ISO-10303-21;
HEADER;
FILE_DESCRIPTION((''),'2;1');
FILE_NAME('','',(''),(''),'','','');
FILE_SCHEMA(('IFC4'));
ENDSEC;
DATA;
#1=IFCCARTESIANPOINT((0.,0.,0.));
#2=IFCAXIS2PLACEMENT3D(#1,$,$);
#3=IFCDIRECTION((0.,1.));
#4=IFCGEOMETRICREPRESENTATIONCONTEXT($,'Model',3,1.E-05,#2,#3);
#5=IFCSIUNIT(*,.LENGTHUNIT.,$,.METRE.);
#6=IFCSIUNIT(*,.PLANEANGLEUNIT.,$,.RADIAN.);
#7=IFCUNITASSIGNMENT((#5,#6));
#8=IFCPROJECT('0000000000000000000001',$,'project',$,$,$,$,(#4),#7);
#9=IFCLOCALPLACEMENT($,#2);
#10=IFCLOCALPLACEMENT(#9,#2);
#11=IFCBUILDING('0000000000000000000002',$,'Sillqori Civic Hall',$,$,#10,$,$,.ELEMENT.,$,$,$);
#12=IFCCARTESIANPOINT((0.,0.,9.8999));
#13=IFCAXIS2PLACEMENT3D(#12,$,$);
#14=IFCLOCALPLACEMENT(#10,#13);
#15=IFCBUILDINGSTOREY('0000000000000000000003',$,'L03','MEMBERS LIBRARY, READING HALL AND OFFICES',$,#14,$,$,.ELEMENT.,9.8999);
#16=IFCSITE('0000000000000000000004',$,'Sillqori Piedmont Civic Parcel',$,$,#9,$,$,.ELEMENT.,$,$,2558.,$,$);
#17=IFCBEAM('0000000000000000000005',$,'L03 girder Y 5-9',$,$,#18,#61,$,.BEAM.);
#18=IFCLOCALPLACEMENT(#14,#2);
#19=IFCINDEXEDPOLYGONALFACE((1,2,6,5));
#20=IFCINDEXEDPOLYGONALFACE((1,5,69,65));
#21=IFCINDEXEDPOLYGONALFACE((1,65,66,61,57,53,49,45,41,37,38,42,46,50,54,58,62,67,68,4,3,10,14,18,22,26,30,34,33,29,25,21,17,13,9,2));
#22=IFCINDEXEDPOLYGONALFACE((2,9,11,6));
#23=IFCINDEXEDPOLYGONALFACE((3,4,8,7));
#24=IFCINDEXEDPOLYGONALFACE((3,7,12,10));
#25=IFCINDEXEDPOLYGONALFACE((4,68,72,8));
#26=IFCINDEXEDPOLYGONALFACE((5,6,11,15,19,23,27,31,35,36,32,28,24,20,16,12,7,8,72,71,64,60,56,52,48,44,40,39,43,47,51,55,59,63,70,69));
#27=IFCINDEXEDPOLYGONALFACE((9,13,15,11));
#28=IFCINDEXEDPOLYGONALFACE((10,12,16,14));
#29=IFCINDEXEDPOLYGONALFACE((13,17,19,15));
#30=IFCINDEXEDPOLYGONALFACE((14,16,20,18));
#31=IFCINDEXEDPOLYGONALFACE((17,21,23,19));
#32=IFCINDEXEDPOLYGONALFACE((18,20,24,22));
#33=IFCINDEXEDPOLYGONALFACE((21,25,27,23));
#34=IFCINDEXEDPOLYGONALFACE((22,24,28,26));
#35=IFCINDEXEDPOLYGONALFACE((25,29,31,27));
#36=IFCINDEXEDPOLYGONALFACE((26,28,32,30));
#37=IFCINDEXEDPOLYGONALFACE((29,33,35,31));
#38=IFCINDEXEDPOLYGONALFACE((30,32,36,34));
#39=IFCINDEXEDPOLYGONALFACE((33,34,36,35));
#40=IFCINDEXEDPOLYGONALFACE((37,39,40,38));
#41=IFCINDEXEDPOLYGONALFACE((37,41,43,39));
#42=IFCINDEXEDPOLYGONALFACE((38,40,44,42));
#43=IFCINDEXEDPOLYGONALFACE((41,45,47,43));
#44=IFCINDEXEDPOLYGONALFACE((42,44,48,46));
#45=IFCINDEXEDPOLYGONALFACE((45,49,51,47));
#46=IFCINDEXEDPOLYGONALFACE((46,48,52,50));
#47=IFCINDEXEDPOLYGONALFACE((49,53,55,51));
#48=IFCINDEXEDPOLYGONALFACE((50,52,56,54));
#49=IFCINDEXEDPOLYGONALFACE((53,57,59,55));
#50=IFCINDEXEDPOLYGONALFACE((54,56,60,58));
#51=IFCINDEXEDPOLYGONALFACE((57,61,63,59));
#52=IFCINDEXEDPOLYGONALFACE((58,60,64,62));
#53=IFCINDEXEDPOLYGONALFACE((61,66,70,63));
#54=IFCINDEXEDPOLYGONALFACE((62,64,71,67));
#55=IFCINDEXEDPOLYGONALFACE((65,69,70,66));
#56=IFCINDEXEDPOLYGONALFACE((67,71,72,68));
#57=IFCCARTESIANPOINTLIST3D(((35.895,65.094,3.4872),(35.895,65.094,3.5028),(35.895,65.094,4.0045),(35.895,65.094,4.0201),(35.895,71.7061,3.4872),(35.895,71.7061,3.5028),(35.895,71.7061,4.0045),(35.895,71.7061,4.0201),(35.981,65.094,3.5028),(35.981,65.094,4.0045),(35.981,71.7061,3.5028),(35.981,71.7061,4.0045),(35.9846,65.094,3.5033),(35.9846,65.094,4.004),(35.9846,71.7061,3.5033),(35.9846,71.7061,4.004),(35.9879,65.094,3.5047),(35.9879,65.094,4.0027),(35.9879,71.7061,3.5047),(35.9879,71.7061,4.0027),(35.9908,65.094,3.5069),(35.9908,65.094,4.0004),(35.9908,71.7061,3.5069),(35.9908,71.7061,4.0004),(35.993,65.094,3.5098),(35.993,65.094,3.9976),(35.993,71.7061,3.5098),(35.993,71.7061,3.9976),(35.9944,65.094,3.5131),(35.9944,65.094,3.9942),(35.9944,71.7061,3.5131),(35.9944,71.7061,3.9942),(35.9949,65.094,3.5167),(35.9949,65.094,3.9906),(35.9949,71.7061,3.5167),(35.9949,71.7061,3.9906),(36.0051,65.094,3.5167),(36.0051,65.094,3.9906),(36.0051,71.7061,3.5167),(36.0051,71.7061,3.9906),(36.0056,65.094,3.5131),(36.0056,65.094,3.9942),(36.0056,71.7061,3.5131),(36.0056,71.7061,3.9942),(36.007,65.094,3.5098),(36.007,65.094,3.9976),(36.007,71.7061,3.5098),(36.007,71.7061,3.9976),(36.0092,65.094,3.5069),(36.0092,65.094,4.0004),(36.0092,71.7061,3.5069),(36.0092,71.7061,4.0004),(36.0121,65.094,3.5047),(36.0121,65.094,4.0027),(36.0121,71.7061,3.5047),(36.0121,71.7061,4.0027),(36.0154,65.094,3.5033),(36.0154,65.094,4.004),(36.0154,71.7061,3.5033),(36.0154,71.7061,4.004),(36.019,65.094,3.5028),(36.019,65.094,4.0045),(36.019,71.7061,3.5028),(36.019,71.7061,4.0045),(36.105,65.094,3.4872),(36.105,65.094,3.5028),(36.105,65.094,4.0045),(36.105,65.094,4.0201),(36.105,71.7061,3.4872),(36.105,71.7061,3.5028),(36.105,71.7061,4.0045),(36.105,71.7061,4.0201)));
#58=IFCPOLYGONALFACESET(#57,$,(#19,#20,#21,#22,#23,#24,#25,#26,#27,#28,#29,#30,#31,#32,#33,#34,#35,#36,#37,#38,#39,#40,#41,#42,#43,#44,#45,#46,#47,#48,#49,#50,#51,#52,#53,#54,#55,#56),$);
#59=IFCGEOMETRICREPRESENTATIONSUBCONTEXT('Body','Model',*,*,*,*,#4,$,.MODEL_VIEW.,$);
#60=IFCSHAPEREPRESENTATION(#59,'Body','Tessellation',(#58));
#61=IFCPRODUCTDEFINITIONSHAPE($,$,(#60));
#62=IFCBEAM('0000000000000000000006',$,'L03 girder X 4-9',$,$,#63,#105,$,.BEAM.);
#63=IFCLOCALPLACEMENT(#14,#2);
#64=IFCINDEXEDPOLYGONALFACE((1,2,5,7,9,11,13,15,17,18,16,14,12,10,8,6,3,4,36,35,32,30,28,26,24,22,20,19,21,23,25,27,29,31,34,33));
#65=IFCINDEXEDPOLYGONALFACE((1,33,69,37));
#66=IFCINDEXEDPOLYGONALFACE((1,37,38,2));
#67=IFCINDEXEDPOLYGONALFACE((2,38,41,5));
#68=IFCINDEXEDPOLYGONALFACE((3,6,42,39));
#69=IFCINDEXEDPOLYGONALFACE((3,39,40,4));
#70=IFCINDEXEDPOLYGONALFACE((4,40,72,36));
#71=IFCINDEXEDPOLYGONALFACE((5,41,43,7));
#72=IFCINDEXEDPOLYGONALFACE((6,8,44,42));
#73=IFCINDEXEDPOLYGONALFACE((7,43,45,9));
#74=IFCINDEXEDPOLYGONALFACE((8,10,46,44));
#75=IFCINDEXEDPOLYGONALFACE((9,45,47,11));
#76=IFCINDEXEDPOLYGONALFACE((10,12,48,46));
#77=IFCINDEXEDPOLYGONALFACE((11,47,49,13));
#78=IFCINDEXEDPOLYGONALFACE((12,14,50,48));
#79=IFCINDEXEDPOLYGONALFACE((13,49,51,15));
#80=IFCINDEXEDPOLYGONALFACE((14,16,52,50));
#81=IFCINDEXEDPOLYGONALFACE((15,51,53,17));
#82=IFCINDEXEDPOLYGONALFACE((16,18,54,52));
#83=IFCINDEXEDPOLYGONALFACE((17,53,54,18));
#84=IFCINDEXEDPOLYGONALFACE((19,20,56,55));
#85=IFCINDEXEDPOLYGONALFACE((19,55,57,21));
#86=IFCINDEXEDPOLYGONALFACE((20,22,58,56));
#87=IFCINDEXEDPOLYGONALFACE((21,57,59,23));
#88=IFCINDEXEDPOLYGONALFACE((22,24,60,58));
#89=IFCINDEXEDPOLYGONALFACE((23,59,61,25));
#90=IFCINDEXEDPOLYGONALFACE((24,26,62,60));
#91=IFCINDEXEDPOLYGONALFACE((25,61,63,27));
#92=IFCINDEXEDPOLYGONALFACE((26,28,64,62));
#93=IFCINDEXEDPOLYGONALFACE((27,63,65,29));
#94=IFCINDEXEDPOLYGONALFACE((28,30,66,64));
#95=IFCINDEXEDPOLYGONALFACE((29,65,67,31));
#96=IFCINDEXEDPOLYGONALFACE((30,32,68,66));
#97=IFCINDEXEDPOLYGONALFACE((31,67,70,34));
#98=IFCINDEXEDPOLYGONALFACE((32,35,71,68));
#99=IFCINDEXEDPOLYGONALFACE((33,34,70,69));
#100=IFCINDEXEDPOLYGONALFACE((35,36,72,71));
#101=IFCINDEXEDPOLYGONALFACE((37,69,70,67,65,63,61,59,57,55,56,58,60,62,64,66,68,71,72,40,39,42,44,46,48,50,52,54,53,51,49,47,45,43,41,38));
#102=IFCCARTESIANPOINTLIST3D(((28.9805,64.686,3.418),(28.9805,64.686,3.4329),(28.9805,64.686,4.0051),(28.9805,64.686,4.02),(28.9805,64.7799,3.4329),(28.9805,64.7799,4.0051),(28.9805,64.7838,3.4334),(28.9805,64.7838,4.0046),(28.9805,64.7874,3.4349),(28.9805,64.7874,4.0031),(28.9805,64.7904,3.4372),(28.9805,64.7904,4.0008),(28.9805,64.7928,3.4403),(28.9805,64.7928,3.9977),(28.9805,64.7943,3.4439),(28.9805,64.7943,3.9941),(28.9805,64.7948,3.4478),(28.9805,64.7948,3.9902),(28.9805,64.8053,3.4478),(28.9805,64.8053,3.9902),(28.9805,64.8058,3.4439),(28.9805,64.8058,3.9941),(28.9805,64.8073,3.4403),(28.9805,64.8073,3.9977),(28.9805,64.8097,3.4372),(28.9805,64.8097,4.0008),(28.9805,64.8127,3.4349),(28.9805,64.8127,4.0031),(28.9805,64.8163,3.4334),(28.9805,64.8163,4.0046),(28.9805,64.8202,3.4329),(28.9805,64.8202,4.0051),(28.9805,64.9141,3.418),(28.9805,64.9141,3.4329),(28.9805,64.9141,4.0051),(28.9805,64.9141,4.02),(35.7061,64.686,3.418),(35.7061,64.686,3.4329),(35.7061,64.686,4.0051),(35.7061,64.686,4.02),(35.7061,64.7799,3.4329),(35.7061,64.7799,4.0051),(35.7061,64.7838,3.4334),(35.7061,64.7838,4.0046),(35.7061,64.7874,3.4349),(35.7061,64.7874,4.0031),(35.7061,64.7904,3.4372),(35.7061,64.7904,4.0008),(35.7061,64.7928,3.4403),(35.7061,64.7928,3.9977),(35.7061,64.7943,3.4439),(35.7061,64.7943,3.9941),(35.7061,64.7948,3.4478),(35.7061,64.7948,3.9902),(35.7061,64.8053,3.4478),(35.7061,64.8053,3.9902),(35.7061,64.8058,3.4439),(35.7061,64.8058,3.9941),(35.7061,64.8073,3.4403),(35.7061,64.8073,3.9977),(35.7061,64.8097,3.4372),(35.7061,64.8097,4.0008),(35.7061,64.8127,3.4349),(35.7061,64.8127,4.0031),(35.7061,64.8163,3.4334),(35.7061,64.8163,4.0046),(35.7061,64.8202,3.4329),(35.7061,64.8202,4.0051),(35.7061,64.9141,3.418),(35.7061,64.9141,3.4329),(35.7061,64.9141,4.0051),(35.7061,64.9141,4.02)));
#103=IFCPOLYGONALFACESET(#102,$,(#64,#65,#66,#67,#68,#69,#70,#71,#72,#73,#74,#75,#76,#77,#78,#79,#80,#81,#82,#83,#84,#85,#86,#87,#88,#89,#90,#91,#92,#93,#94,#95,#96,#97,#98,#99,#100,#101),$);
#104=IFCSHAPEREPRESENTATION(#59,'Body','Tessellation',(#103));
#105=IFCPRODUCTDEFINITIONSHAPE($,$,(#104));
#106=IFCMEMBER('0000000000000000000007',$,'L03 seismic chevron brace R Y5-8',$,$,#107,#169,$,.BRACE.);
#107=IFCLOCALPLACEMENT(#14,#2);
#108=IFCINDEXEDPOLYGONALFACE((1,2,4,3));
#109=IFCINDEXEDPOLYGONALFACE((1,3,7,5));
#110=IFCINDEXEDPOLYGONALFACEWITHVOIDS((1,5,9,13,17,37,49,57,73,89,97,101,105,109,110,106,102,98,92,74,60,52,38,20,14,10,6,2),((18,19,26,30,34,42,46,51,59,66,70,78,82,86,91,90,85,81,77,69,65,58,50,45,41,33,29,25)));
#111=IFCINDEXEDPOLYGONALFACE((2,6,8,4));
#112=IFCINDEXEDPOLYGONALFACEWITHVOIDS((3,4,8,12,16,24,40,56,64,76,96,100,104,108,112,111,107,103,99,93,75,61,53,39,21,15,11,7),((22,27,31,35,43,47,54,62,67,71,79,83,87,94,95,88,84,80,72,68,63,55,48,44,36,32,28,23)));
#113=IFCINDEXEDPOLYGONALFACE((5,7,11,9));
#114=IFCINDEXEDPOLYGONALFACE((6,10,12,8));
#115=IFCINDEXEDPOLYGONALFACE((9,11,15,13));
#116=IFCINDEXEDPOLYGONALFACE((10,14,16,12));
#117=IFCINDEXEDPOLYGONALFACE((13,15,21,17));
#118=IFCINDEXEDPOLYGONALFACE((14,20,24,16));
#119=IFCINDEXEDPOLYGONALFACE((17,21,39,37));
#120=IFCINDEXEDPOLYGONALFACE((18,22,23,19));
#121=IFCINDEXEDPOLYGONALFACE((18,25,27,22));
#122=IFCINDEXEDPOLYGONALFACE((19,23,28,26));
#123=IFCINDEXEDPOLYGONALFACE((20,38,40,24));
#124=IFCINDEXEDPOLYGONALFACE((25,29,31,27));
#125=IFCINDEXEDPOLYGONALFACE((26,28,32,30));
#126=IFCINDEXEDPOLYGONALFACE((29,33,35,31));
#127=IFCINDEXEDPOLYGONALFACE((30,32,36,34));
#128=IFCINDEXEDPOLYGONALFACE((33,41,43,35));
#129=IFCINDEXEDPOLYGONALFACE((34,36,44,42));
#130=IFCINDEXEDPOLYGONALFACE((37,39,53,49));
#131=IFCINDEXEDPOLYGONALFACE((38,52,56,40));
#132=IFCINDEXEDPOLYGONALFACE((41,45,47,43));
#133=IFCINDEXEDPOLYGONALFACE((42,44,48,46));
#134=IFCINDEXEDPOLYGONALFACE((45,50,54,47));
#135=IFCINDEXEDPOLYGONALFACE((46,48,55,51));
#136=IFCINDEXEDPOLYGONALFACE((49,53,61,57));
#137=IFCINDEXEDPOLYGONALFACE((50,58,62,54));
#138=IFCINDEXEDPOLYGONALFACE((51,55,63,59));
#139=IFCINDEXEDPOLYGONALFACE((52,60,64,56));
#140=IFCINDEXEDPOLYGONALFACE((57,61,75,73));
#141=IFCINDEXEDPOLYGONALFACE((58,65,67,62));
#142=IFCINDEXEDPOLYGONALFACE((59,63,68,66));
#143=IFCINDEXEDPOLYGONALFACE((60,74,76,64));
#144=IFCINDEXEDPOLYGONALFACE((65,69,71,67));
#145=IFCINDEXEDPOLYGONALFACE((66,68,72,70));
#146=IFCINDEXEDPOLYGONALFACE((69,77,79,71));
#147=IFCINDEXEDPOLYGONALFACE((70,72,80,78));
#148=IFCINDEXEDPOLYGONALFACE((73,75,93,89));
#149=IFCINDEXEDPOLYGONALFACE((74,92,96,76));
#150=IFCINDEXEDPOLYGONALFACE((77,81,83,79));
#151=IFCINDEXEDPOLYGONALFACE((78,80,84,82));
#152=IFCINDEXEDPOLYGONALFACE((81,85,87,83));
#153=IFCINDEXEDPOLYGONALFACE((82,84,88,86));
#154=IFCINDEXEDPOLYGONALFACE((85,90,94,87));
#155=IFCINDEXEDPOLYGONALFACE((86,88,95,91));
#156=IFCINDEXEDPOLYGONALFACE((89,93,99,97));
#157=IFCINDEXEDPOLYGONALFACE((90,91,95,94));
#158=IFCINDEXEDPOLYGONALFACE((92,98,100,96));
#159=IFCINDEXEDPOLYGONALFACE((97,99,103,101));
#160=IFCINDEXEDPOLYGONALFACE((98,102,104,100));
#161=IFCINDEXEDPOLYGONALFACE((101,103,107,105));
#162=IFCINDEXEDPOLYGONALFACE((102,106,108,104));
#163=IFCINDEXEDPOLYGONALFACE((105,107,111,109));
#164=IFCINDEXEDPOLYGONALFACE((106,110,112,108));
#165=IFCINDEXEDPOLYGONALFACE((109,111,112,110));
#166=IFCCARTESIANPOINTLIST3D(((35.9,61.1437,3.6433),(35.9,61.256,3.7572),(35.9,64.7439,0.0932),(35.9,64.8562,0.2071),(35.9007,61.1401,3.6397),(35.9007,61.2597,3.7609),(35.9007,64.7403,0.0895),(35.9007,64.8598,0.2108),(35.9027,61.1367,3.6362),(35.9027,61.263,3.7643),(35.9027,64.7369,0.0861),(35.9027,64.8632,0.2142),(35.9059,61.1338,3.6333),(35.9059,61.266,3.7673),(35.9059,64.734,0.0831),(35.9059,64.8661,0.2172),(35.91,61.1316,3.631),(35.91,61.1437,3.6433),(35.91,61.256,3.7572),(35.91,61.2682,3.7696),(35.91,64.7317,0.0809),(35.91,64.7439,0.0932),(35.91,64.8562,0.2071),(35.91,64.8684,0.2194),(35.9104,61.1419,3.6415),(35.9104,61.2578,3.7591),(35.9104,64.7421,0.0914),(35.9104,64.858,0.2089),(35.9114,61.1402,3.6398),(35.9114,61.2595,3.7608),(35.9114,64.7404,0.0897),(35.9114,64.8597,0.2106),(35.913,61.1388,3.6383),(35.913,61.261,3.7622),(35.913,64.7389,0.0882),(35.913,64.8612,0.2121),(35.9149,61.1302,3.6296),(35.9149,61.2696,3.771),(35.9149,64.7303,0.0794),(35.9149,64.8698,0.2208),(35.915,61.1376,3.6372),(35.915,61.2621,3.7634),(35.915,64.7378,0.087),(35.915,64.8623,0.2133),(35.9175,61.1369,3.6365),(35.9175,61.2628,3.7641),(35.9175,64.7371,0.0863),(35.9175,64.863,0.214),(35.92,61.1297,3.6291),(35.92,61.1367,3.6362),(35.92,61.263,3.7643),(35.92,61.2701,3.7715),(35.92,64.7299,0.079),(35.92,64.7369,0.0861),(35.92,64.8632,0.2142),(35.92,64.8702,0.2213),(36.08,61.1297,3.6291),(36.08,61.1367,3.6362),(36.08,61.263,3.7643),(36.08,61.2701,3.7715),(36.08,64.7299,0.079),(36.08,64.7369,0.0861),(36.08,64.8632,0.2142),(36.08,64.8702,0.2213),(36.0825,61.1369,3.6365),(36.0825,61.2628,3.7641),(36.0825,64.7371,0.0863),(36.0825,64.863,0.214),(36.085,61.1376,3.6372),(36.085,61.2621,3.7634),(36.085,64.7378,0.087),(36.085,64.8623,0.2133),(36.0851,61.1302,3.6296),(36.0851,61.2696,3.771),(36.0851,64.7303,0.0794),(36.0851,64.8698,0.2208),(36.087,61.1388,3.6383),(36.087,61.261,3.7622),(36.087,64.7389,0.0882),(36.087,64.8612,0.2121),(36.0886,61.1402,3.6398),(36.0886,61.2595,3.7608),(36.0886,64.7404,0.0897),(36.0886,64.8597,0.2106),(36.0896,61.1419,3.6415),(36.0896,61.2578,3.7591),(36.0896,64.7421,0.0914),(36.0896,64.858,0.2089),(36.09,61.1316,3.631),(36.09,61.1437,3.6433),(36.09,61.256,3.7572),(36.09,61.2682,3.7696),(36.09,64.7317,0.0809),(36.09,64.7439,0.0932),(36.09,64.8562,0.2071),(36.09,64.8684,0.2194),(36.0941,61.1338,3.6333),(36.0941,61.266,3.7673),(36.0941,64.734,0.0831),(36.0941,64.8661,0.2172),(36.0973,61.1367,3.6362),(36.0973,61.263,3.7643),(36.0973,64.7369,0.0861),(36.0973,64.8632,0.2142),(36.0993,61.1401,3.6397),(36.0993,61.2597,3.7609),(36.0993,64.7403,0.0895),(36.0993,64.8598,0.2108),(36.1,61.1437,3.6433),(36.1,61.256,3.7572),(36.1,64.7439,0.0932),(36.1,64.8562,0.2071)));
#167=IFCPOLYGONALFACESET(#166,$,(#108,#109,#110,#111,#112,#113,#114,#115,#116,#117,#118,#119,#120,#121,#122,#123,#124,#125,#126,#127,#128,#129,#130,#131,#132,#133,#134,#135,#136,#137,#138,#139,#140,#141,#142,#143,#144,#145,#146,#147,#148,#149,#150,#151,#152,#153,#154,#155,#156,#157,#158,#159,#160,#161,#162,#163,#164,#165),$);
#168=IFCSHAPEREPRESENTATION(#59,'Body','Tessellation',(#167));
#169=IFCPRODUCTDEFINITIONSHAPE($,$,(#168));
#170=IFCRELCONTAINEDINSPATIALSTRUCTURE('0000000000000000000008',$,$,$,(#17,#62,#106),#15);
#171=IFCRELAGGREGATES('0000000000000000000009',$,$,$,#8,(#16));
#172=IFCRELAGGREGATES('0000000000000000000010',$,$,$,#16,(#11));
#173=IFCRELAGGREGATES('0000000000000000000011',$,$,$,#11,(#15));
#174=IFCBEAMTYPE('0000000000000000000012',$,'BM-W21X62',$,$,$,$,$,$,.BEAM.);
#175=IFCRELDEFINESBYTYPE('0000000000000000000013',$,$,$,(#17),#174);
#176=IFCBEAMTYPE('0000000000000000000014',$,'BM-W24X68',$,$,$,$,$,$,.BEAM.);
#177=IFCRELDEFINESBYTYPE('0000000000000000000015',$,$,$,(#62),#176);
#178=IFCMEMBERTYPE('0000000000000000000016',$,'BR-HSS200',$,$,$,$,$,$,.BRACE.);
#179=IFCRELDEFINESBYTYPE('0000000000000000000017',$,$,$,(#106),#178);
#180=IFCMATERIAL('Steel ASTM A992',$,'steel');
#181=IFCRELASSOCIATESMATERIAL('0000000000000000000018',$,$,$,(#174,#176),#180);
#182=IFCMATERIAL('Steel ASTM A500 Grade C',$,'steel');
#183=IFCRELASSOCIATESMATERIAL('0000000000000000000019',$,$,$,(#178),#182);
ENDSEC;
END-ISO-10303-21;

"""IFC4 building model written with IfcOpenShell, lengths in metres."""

from ifc_helpers import new_model, si_unit, direction, frame, origin, origin_2d, place, context, subcontext, project, spatial, hollow_rectangle, i_section, extrude, material, material_profile, profile_set, type_object, element, save


model = new_model("IFC4")

# Units and contexts
model_context = context("Model", 3, precision=1e-05, world=origin(), true_north=direction((0.0, 1.0)))
body_context = subcontext(model_context, "Body", "Model", "MODEL_VIEW")
ifc_project = project(units=[si_unit("LENGTHUNIT", "METRE"), si_unit("PLANEANGLEUNIT", "RADIAN")], contexts=[model_context])

# Site, building, storey
site_placement = place(None, origin())
site = spatial("IfcSite", under=ifc_project, at=site_placement, Name="Sillqori Piedmont Civic Parcel", CompositionType="ELEMENT", RefElevation=2558.0)
building_placement = place(site_placement, origin())
building = spatial("IfcBuilding", under=site, at=building_placement, Name="Sillqori Civic Hall", CompositionType="ELEMENT")
storey_placement = place(building_placement, frame((0.0, 0.0, 9.8999)))
storey = spatial("IfcBuildingStorey", under=building, at=storey_placement, Name="L03", Description="MEMBERS LIBRARY, READING HALL AND OFFICES", CompositionType="ELEMENT", Elevation=9.8999)

# Beams
ifc_material_1 = material(Name="Steel ASTM A992", Category="steel")
ifc_material_profile_1 = material_profile(ifc_material_1, i_section(OverallWidth=0.21, OverallDepth=0.533, WebThickness=0.0103, FlangeThickness=0.0156, FilletRadius=0.0139, at=origin_2d()), Name="W21X62")
ifc_profile_set_1 = profile_set([ifc_material_profile_1], Name="Steel ASTM A992")
beam_type_1 = type_object("IfcBeamType", Name="BM-W21X62", PredefinedType="BEAM", material=ifc_profile_set_1)
beam_1_placement = place(storey_placement, frame((36.0, 65.094, 3.7537), z_axis=(0.0, 1.0, 0.0), x_axis=(-1.0, 0.0, 0.0)))
element("IfcBeam", 1, at=beam_1_placement, inside=storey, type_object=beam_type_1, Name="L03 girder Y 5-9", PredefinedType="BEAM", context=body_context, shape_type="SweptSolid", body=[
    extrude(i_section(OverallWidth=0.21, OverallDepth=0.533, WebThickness=0.0103, FlangeThickness=0.0156, FilletRadius=0.0139, at=origin_2d()), origin(), (0.0, 0.0, 1.0), 6.6121),
])
ifc_material_profile_2 = material_profile(ifc_material_1, i_section(OverallWidth=0.228, OverallDepth=0.6021, WebThickness=0.0105, FlangeThickness=0.0149, FilletRadius=0.0149, at=origin_2d()), Name="W24X68")
ifc_profile_set_2 = profile_set([ifc_material_profile_2], Name="Steel ASTM A992")
beam_type_2 = type_object("IfcBeamType", Name="BM-W24X68", PredefinedType="BEAM", material=ifc_profile_set_2)
beam_2_placement = place(storey_placement, frame((28.9805, 64.8, 3.719), z_axis=(1.0, 0.0, 0.0), x_axis=(0.0, 1.0, 0.0)))
element("IfcBeam", 2, at=beam_2_placement, inside=storey, type_object=beam_type_2, Name="L03 girder X 4-9", PredefinedType="BEAM", context=body_context, shape_type="SweptSolid", body=[
    extrude(i_section(OverallWidth=0.228, OverallDepth=0.6021, WebThickness=0.0105, FlangeThickness=0.0149, FilletRadius=0.0149, at=origin_2d()), origin(), (0.0, 0.0, 1.0), 6.7256),
])

# Member
ifc_material_2 = material(Name="Steel ASTM A500 Grade C", Category="steel")
ifc_material_profile_3 = material_profile(ifc_material_2, hollow_rectangle(XDim=0.2, YDim=0.2, WallThickness=0.01, InnerFilletRadius=0.01, OuterFilletRadius=0.02, at=origin_2d()), Name="HSS200X200X10")
ifc_profile_set_3 = profile_set([ifc_material_profile_3], Name="Steel ASTM A500 Grade C")
member_type = type_object("IfcMemberType", Name="BR-HSS200", PredefinedType="BRACE", material=ifc_profile_set_3)
member_placement = place(storey_placement, frame((36.0, 64.8, 0.1501), z_axis=(0.0, -0.712039, 0.70214), x_axis=(1.0, 0.0, 0.0)))
element("IfcMember", 3, at=member_placement, inside=storey, type_object=member_type, Name="L03 seismic chevron brace R Y5-8", PredefinedType="BRACE", context=body_context, shape_type="SweptSolid", body=[
    extrude(hollow_rectangle(XDim=0.2, YDim=0.2, WallThickness=0.01, InnerFilletRadius=0.01, OuterFilletRadius=0.02, at=origin_2d()), origin(), (0.0, 0.0, 1.0), 5.0562),
])

save(model, "model.ifc")
